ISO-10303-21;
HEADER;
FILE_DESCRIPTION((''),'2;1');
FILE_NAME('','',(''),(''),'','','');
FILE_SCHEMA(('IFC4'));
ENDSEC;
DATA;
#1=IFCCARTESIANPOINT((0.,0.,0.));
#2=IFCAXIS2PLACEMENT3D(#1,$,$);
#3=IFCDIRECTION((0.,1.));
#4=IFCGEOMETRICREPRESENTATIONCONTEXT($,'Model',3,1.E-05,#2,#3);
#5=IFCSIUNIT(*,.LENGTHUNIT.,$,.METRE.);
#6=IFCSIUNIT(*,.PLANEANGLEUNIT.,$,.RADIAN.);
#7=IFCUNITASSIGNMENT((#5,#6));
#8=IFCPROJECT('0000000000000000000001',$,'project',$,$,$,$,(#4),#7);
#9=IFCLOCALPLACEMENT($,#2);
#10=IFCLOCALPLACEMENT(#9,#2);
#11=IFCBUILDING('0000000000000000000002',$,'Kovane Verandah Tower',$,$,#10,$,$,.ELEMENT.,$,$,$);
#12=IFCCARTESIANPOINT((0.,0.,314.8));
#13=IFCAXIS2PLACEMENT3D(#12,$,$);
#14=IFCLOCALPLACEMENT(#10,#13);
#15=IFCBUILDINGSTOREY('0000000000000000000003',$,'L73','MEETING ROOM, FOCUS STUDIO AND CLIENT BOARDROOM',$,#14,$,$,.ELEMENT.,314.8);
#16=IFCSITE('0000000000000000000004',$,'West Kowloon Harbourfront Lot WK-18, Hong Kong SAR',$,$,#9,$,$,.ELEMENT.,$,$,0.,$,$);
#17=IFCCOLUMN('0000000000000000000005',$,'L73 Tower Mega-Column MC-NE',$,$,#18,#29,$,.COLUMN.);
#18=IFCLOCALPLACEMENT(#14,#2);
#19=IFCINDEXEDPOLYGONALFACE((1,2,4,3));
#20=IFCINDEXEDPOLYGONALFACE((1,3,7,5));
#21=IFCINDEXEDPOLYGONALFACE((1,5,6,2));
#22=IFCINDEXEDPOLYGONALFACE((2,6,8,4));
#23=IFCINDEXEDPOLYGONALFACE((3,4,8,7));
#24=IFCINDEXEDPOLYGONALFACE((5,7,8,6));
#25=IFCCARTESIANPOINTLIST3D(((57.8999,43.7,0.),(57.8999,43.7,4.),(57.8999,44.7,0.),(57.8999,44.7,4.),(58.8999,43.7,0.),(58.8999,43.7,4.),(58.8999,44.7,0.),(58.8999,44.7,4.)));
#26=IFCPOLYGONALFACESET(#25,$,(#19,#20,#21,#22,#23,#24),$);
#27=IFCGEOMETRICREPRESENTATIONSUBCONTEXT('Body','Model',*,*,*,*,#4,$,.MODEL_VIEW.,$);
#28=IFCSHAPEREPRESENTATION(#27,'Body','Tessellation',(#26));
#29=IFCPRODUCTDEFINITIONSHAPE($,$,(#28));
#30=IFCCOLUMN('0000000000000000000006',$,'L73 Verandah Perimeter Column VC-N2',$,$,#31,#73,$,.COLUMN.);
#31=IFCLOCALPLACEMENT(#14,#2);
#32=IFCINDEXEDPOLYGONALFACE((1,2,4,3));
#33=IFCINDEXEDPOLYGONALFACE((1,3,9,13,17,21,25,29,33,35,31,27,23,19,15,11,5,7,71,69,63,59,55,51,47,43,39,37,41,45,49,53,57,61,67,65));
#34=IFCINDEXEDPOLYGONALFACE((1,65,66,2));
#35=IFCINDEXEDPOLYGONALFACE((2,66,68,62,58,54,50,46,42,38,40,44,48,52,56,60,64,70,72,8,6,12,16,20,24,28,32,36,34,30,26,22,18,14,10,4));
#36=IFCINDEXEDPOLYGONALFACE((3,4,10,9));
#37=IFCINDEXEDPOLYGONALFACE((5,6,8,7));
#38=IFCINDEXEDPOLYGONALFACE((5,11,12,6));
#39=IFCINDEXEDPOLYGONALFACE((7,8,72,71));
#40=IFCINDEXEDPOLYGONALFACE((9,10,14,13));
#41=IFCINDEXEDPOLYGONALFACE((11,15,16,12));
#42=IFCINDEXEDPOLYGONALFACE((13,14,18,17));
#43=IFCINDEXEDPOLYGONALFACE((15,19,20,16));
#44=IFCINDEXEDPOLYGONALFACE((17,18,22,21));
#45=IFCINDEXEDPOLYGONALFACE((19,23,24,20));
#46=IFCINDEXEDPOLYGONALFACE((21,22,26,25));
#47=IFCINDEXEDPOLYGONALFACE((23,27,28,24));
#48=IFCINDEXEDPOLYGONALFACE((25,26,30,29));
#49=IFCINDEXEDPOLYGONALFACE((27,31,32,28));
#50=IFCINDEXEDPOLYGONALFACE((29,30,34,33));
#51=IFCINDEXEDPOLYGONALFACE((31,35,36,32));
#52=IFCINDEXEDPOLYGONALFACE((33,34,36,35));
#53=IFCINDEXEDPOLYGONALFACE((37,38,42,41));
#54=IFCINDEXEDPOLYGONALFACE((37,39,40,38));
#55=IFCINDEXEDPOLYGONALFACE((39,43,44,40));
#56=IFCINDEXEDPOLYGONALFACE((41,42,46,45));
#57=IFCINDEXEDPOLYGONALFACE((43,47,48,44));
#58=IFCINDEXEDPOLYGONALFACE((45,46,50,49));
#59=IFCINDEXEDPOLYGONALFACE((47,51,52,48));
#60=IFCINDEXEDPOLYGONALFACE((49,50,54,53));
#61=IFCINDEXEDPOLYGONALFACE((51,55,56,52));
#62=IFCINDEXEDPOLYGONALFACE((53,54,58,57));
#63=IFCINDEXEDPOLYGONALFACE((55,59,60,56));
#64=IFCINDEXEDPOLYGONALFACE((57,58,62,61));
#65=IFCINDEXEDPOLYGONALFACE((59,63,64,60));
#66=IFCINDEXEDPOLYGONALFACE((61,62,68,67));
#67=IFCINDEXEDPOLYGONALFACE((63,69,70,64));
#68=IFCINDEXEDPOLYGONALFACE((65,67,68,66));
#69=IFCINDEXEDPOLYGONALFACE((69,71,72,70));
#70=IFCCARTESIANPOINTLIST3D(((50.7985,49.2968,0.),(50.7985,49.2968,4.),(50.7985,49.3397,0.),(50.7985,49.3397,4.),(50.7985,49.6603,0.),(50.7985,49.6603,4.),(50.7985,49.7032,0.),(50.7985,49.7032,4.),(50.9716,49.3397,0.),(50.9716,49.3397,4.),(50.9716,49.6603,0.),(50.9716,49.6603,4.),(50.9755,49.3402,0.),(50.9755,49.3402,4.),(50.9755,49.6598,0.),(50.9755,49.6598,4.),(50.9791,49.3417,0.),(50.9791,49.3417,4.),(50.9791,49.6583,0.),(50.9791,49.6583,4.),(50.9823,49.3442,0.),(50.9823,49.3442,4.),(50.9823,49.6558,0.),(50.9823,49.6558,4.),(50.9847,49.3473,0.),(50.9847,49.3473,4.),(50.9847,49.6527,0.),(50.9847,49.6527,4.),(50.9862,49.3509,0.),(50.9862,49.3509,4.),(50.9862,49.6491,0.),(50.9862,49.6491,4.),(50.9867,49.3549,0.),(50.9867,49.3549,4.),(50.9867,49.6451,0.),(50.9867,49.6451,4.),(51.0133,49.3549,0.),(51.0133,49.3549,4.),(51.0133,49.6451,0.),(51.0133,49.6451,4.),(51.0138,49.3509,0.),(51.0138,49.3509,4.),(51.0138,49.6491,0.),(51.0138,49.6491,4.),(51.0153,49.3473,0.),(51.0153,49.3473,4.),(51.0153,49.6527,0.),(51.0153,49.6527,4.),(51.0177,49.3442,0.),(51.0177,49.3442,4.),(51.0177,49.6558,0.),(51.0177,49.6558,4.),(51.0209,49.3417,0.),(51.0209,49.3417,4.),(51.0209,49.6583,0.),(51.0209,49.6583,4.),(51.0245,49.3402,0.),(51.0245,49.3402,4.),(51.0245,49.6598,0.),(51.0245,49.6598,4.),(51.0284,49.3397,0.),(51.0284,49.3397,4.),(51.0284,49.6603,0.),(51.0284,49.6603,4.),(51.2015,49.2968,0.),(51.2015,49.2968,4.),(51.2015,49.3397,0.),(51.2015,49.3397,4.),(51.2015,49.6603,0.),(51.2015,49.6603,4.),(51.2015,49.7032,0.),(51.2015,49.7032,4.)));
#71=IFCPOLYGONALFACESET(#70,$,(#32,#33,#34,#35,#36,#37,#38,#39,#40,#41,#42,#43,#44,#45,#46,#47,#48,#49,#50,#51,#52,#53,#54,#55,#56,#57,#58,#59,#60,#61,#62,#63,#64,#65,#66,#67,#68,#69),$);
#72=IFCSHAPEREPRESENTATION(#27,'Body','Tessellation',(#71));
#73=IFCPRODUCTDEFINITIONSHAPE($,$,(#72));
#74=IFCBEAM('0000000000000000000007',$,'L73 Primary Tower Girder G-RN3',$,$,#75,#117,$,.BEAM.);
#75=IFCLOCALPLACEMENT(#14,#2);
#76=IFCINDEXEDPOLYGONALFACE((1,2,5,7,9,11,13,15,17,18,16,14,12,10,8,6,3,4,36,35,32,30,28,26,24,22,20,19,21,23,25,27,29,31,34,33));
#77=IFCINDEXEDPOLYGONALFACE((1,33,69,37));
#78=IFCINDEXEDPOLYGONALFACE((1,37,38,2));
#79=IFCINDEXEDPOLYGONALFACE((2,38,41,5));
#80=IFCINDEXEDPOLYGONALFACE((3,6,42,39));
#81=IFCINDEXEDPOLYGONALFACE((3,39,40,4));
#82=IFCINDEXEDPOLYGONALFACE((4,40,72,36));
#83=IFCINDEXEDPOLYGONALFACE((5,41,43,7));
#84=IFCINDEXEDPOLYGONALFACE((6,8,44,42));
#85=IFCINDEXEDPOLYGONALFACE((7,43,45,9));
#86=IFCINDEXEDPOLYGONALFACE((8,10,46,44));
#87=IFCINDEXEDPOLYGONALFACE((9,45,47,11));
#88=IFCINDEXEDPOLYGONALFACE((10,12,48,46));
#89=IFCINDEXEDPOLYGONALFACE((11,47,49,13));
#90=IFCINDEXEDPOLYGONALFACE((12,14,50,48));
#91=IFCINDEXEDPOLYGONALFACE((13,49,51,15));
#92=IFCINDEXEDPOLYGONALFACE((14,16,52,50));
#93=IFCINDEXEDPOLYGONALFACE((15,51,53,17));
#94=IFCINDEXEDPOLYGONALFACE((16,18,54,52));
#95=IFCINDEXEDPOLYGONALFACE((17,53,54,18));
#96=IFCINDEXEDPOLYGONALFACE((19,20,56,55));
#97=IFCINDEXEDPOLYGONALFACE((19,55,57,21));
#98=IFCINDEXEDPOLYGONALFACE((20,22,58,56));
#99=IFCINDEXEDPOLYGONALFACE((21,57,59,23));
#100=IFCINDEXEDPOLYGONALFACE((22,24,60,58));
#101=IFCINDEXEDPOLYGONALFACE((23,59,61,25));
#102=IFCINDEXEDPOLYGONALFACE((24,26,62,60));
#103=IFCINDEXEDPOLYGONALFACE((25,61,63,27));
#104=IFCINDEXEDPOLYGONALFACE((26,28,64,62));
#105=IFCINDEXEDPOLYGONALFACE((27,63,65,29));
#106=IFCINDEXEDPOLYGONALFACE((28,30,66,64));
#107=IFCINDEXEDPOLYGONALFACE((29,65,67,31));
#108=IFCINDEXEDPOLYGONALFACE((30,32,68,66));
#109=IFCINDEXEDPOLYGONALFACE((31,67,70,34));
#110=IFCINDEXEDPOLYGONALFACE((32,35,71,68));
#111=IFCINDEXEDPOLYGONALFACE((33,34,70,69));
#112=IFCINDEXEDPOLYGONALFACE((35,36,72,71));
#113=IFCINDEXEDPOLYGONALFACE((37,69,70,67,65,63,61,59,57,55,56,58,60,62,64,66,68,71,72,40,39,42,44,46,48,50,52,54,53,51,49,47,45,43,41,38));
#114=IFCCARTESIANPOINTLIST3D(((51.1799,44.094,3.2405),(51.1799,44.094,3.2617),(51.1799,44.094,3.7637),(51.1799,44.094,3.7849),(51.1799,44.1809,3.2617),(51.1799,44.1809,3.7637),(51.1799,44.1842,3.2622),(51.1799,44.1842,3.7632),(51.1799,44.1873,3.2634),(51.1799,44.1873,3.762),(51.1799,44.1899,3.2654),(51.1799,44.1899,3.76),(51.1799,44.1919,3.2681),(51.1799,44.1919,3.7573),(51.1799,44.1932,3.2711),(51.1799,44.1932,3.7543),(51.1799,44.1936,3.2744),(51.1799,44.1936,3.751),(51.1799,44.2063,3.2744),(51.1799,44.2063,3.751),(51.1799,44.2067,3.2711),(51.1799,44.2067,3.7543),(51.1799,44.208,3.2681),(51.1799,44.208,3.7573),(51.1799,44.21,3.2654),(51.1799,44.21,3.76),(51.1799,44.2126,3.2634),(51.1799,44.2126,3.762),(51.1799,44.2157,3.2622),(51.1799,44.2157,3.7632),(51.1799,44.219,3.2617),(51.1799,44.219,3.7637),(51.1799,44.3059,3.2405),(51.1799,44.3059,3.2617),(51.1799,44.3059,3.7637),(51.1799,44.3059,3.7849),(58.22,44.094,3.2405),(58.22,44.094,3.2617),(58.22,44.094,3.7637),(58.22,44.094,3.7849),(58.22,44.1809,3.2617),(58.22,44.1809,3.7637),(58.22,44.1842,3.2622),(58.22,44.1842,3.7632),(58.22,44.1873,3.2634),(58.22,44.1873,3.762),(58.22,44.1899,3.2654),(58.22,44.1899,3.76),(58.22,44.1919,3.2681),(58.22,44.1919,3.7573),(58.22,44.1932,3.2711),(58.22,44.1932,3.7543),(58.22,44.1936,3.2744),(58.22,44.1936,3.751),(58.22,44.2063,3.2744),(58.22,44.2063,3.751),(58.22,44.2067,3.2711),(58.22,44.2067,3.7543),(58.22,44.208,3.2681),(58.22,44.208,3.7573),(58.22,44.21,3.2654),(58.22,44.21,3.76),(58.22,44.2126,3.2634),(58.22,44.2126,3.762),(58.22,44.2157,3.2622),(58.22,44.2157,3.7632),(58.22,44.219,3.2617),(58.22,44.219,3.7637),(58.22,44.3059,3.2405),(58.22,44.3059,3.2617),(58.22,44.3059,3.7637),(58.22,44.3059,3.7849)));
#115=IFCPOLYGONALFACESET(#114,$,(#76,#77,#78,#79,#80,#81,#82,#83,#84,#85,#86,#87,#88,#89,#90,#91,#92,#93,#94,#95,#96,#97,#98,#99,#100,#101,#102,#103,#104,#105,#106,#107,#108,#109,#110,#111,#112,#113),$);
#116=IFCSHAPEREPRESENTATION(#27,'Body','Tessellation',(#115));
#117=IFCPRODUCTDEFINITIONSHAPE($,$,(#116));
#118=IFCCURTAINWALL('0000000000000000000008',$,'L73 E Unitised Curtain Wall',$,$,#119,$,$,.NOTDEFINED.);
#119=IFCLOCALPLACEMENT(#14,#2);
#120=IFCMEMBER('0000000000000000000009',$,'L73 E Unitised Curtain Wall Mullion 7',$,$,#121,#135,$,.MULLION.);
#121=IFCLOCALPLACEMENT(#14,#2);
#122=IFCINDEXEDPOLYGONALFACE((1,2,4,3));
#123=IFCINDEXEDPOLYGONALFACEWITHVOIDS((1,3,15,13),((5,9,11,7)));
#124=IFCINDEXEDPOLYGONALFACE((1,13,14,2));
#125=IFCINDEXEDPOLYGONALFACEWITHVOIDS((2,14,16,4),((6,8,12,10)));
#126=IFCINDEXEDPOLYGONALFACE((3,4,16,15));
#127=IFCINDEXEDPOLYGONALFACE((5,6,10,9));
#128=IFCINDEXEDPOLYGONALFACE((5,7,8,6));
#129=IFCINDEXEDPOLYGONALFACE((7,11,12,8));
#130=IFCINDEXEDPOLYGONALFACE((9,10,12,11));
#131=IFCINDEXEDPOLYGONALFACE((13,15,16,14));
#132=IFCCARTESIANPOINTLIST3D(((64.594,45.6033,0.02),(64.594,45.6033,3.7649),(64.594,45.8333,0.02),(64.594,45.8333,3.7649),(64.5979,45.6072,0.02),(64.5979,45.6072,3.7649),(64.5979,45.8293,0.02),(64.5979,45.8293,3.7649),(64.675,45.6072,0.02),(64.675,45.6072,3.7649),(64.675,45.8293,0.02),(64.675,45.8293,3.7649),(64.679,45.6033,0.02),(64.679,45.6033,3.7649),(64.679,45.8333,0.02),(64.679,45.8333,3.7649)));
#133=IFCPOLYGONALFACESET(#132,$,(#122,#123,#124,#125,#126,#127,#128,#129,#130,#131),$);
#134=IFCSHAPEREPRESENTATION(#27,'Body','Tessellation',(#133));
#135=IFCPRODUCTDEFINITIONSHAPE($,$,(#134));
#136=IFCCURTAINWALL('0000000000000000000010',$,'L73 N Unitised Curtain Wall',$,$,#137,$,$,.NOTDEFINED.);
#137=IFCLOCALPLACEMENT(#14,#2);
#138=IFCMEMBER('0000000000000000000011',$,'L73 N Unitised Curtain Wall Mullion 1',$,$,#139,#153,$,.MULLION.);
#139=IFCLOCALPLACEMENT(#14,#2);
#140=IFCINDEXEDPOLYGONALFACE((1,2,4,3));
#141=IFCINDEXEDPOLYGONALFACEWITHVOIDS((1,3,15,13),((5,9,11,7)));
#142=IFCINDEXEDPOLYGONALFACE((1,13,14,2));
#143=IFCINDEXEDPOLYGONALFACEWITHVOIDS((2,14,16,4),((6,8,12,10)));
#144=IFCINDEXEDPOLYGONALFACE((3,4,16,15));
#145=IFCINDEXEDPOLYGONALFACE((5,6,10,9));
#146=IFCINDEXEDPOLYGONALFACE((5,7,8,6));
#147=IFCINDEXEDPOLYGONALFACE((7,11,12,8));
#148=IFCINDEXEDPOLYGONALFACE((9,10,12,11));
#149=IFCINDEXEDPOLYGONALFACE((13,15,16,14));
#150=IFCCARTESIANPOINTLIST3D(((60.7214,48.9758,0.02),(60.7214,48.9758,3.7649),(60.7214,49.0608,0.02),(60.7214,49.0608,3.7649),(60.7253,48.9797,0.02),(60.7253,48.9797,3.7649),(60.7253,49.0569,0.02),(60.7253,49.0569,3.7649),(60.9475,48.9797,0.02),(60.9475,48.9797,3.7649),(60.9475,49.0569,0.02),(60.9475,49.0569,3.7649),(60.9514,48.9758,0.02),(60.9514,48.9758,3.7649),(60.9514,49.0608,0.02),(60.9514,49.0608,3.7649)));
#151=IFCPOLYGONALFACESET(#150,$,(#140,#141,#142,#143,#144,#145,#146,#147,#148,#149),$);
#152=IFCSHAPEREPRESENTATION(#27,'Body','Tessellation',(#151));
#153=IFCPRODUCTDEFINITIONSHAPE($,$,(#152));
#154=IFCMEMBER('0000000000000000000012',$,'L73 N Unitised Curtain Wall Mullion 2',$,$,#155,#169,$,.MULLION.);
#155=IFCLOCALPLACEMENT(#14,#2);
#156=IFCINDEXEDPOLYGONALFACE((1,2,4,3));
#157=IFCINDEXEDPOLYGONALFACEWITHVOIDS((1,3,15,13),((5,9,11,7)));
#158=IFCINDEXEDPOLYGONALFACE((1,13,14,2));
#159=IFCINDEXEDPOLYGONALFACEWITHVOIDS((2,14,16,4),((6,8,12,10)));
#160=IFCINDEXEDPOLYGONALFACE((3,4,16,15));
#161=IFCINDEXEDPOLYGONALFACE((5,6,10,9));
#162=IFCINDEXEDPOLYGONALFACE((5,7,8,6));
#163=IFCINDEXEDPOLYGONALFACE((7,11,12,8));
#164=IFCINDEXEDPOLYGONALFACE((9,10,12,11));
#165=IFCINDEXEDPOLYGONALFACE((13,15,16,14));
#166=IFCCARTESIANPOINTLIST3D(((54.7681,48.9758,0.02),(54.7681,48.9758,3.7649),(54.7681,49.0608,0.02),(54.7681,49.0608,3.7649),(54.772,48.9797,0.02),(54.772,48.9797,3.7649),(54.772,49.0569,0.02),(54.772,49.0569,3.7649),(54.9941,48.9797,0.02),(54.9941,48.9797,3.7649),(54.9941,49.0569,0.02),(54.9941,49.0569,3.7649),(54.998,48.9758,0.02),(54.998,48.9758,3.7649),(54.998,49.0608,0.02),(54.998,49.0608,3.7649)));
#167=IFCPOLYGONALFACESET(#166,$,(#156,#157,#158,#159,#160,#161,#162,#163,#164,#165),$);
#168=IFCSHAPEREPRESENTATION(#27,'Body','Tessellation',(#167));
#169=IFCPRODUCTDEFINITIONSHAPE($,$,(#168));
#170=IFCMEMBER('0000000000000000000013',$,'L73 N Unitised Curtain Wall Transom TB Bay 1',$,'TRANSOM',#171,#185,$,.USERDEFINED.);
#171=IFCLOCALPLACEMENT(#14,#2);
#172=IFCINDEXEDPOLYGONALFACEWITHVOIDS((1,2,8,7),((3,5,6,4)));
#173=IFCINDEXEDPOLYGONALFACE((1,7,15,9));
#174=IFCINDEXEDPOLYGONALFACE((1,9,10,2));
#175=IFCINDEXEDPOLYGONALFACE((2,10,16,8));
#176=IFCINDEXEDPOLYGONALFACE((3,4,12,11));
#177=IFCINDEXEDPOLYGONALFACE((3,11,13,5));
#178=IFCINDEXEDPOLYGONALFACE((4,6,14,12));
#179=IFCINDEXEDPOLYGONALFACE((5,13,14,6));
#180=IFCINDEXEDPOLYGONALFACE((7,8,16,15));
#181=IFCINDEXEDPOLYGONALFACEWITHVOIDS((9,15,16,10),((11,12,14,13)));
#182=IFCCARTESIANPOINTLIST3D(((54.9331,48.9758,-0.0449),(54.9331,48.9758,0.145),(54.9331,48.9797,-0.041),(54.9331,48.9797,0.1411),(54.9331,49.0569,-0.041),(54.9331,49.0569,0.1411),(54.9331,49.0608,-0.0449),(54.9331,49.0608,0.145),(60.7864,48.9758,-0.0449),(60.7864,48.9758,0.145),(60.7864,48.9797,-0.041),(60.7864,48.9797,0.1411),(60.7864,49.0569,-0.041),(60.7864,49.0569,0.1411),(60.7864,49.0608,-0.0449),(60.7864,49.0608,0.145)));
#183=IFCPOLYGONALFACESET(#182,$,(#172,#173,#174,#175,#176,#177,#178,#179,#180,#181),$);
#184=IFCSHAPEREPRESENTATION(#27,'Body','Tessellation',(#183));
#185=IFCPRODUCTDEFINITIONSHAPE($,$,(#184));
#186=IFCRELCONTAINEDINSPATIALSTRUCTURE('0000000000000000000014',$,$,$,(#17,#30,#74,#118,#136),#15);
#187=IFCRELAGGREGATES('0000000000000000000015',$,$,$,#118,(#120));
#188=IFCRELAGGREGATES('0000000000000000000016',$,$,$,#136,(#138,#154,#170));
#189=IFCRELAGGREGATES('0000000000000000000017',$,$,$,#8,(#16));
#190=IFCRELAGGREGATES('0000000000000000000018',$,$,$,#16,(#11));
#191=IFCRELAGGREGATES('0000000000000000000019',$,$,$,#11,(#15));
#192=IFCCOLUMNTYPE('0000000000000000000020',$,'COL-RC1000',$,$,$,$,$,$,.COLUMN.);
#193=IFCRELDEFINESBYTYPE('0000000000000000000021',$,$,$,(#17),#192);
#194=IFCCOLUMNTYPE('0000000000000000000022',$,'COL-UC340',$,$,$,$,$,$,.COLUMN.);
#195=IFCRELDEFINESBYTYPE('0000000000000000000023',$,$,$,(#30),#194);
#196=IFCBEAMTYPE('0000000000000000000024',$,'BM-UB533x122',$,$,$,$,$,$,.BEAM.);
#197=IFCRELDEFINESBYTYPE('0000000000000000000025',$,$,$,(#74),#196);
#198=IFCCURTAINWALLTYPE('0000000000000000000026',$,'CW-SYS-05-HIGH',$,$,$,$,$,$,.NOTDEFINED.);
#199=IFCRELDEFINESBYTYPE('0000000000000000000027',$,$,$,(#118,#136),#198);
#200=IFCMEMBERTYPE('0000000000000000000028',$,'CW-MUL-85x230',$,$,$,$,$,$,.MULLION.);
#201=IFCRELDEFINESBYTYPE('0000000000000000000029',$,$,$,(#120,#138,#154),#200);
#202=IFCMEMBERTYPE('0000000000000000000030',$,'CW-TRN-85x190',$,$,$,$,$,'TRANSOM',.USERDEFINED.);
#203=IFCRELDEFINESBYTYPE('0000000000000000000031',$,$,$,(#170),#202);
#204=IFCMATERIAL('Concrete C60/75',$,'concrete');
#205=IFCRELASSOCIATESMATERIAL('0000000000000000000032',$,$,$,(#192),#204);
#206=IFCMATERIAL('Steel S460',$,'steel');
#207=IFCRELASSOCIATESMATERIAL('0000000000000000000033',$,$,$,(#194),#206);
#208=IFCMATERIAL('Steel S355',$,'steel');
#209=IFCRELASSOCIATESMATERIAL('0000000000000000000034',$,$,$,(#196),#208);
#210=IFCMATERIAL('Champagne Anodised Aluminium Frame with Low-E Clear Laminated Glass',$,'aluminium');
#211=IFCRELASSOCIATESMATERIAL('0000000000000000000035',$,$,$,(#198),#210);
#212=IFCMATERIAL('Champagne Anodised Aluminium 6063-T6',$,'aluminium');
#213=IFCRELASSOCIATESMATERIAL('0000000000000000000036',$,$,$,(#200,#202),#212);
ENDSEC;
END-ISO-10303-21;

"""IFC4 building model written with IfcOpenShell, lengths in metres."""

from ifc_helpers import new_model, si_unit, direction, frame, origin, origin_2d, place, context, subcontext, project, spatial, rectangle, hollow_rectangle, i_section, extrude, material, material_profile, profile_set, type_object, element, aggregate, save


model = new_model("IFC4")

# Units and contexts
model_context = context("Model", 3, precision=1e-05, world=origin(), true_north=direction((0.0, 1.0)))
body_context = subcontext(model_context, "Body", "Model", "MODEL_VIEW")
ifc_project = project(units=[si_unit("LENGTHUNIT", "METRE"), si_unit("PLANEANGLEUNIT", "RADIAN")], contexts=[model_context])

# Site, building, storey
site_placement = place(None, origin())
site = spatial("IfcSite", under=ifc_project, at=site_placement, Name="West Kowloon Harbourfront Lot WK-18, Hong Kong SAR", CompositionType="ELEMENT", RefElevation=0.0)
building_placement = place(site_placement, origin())
building = spatial("IfcBuilding", under=site, at=building_placement, Name="Kovane Verandah Tower", CompositionType="ELEMENT")
storey_placement = place(building_placement, frame((0.0, 0.0, 314.8)))
storey = spatial("IfcBuildingStorey", under=building, at=storey_placement, Name="L73", Description="MEETING ROOM, FOCUS STUDIO AND CLIENT BOARDROOM", CompositionType="ELEMENT", Elevation=314.8)

# Columns
ifc_material_1 = material(Name="Concrete C60/75", Category="concrete")
ifc_material_profile_1 = material_profile(ifc_material_1, rectangle(XDim=1.0, YDim=1.0, at=origin_2d()), Name="RC1000x1000")
ifc_profile_set_1 = profile_set([ifc_material_profile_1], Name="Concrete C60/75")
column_type_1 = type_object("IfcColumnType", Name="COL-RC1000", PredefinedType="COLUMN", material=ifc_profile_set_1)
column_1_placement = place(storey_placement, frame((58.3999, 44.2, 0.0), z_axis=(0.0, 0.0, 1.0), x_axis=(1.0, 0.0, 0.0)))
element("IfcColumn", 1, at=column_1_placement, inside=storey, type_object=column_type_1, Name="L73 Tower Mega-Column MC-NE", PredefinedType="COLUMN", context=body_context, shape_type="SweptSolid", body=[
    extrude(rectangle(XDim=1.0, YDim=1.0, at=origin_2d()), origin(), (0.0, 0.0, 1.0), 4.0),
])
ifc_material_2 = material(Name="Steel S460", Category="steel")
ifc_material_profile_2 = material_profile(ifc_material_2, i_section(OverallWidth=0.4031, OverallDepth=0.4065, WebThickness=0.0266, FlangeThickness=0.043, FilletRadius=0.0151, at=origin_2d()), Name="UC356x406x340")
ifc_profile_set_2 = profile_set([ifc_material_profile_2], Name="Steel S460")
column_type_2 = type_object("IfcColumnType", Name="COL-UC340", PredefinedType="COLUMN", material=ifc_profile_set_2)
column_2_placement = place(storey_placement, frame((51.0, 49.5, 0.0), z_axis=(0.0, 0.0, 1.0), x_axis=(1.0, 0.0, 0.0)))
element("IfcColumn", 2, at=column_2_placement, inside=storey, type_object=column_type_2, Name="L73 Verandah Perimeter Column VC-N2", PredefinedType="COLUMN", context=body_context, shape_type="SweptSolid", body=[
    extrude(i_section(OverallWidth=0.4031, OverallDepth=0.4065, WebThickness=0.0266, FlangeThickness=0.043, FilletRadius=0.0151, at=origin_2d()), origin(), (0.0, 0.0, 1.0), 4.0),
])

# Beam
ifc_material_3 = material(Name="Steel S355", Category="steel")
ifc_material_profile_3 = material_profile(ifc_material_3, i_section(OverallWidth=0.2119, OverallDepth=0.5444, WebThickness=0.0127, FlangeThickness=0.0212, FilletRadius=0.0127, at=origin_2d()), Name="UB533x210x122")
ifc_profile_set_3 = profile_set([ifc_material_profile_3], Name="Steel S355")
beam_type_1 = type_object("IfcBeamType", Name="BM-UB533x122", PredefinedType="BEAM", material=ifc_profile_set_3)
beam_1_placement = place(storey_placement, frame((51.1799, 44.2, 3.5127), z_axis=(1.0, 0.0, 0.0), x_axis=(0.0, 1.0, 0.0)))
element("IfcBeam", 3, at=beam_1_placement, inside=storey, type_object=beam_type_1, Name="L73 Primary Tower Girder G-RN3", PredefinedType="BEAM", context=body_context, shape_type="SweptSolid", body=[
    extrude(i_section(OverallWidth=0.2119, OverallDepth=0.5444, WebThickness=0.0127, FlangeThickness=0.0212, FilletRadius=0.0127, at=origin_2d()), origin(), (0.0, 0.0, 1.0), 7.04),
])

# Curtain wall, member
ifc_material_4 = material(Name="Champagne Anodised Aluminium Frame with Low-E Clear Laminated Glass", Category="aluminium")
curtain_wall_type = type_object("IfcCurtainWallType", Name="CW-SYS-05-HIGH", PredefinedType="NOTDEFINED", material=ifc_material_4)
curtain_wall_1_placement = place(storey_placement, origin())
curtain_wall_1 = element("IfcCurtainWall", 4, at=curtain_wall_1_placement, inside=storey, type_object=curtain_wall_type, Name="L73 E Unitised Curtain Wall", PredefinedType="NOTDEFINED")
ifc_material_5 = material(Name="Champagne Anodised Aluminium 6063-T6", Category="aluminium")
ifc_material_profile_4 = material_profile(ifc_material_5, hollow_rectangle(XDim=0.085, YDim=0.23, WallThickness=0.0039, at=origin_2d()), Name="AL85x230x4")
ifc_profile_set_4 = profile_set([ifc_material_profile_4], Name="Champagne Anodised Aluminium 6063-T6")
member_type_1 = type_object("IfcMemberType", Name="CW-MUL-85x230", PredefinedType="MULLION", material=ifc_profile_set_4)
member_1_placement = place(storey_placement, frame((64.6365, 45.7183, 0.02), z_axis=(0.0, 0.0, 1.0), x_axis=(1.0, 0.0, 0.0)))
member_1 = element("IfcMember", 5, at=member_1_placement, type_object=member_type_1, Name="L73 E Unitised Curtain Wall Mullion 7", PredefinedType="MULLION", context=body_context, shape_type="SweptSolid", body=[
    extrude(hollow_rectangle(XDim=0.085, YDim=0.23, WallThickness=0.0039, at=origin_2d()), origin(), (0.0, 0.0, 1.0), 3.7449),
])

# Curtain wall, members
curtain_wall_2_placement = place(storey_placement, origin())
curtain_wall_2 = element("IfcCurtainWall", 6, at=curtain_wall_2_placement, inside=storey, type_object=curtain_wall_type, Name="L73 N Unitised Curtain Wall", PredefinedType="NOTDEFINED")
member_2_placement = place(storey_placement, frame((60.8364, 49.0183, 0.02), z_axis=(0.0, 0.0, 1.0), x_axis=(0.0, 1.0, 0.0)))
member_2 = element("IfcMember", 7, at=member_2_placement, type_object=member_type_1, Name="L73 N Unitised Curtain Wall Mullion 1", PredefinedType="MULLION", context=body_context, shape_type="SweptSolid", body=[
    extrude(hollow_rectangle(XDim=0.085, YDim=0.23, WallThickness=0.0039, at=origin_2d()), origin(), (0.0, 0.0, 1.0), 3.7449),
])
member_3_placement = place(storey_placement, frame((54.8831, 49.0183, 0.02), z_axis=(0.0, 0.0, 1.0), x_axis=(0.0, 1.0, 0.0)))
member_3 = element("IfcMember", 8, at=member_3_placement, type_object=member_type_1, Name="L73 N Unitised Curtain Wall Mullion 2", PredefinedType="MULLION", context=body_context, shape_type="SweptSolid", body=[
    extrude(hollow_rectangle(XDim=0.085, YDim=0.23, WallThickness=0.0039, at=origin_2d()), origin(), (0.0, 0.0, 1.0), 3.7449),
])
ifc_material_profile_5 = material_profile(ifc_material_5, hollow_rectangle(XDim=0.085, YDim=0.1899, WallThickness=0.0039, at=origin_2d()), Name="AL85x190x4")
ifc_profile_set_5 = profile_set([ifc_material_profile_5], Name="Champagne Anodised Aluminium 6063-T6")
member_type_2 = type_object("IfcMemberType", Name="CW-TRN-85x190", ElementType="TRANSOM", PredefinedType="USERDEFINED", material=ifc_profile_set_5)
member_4_placement = place(storey_placement, frame((60.7864, 49.0183, 0.05), z_axis=(-1.0, 0.0, 0.0), x_axis=(0.0, -1.0, 0.0)))
member_4 = element("IfcMember", 9, at=member_4_placement, type_object=member_type_2, Name="L73 N Unitised Curtain Wall Transom TB Bay 1", ObjectType="TRANSOM", PredefinedType="USERDEFINED", context=body_context, shape_type="SweptSolid", body=[
    extrude(hollow_rectangle(XDim=0.085, YDim=0.1899, WallThickness=0.0039, at=origin_2d()), origin(), (0.0, 0.0, 1.0), 5.8533),
])

aggregate(curtain_wall_1, [member_1])
aggregate(curtain_wall_2, [member_2, member_3, member_4])

save(model, "model.ifc")
